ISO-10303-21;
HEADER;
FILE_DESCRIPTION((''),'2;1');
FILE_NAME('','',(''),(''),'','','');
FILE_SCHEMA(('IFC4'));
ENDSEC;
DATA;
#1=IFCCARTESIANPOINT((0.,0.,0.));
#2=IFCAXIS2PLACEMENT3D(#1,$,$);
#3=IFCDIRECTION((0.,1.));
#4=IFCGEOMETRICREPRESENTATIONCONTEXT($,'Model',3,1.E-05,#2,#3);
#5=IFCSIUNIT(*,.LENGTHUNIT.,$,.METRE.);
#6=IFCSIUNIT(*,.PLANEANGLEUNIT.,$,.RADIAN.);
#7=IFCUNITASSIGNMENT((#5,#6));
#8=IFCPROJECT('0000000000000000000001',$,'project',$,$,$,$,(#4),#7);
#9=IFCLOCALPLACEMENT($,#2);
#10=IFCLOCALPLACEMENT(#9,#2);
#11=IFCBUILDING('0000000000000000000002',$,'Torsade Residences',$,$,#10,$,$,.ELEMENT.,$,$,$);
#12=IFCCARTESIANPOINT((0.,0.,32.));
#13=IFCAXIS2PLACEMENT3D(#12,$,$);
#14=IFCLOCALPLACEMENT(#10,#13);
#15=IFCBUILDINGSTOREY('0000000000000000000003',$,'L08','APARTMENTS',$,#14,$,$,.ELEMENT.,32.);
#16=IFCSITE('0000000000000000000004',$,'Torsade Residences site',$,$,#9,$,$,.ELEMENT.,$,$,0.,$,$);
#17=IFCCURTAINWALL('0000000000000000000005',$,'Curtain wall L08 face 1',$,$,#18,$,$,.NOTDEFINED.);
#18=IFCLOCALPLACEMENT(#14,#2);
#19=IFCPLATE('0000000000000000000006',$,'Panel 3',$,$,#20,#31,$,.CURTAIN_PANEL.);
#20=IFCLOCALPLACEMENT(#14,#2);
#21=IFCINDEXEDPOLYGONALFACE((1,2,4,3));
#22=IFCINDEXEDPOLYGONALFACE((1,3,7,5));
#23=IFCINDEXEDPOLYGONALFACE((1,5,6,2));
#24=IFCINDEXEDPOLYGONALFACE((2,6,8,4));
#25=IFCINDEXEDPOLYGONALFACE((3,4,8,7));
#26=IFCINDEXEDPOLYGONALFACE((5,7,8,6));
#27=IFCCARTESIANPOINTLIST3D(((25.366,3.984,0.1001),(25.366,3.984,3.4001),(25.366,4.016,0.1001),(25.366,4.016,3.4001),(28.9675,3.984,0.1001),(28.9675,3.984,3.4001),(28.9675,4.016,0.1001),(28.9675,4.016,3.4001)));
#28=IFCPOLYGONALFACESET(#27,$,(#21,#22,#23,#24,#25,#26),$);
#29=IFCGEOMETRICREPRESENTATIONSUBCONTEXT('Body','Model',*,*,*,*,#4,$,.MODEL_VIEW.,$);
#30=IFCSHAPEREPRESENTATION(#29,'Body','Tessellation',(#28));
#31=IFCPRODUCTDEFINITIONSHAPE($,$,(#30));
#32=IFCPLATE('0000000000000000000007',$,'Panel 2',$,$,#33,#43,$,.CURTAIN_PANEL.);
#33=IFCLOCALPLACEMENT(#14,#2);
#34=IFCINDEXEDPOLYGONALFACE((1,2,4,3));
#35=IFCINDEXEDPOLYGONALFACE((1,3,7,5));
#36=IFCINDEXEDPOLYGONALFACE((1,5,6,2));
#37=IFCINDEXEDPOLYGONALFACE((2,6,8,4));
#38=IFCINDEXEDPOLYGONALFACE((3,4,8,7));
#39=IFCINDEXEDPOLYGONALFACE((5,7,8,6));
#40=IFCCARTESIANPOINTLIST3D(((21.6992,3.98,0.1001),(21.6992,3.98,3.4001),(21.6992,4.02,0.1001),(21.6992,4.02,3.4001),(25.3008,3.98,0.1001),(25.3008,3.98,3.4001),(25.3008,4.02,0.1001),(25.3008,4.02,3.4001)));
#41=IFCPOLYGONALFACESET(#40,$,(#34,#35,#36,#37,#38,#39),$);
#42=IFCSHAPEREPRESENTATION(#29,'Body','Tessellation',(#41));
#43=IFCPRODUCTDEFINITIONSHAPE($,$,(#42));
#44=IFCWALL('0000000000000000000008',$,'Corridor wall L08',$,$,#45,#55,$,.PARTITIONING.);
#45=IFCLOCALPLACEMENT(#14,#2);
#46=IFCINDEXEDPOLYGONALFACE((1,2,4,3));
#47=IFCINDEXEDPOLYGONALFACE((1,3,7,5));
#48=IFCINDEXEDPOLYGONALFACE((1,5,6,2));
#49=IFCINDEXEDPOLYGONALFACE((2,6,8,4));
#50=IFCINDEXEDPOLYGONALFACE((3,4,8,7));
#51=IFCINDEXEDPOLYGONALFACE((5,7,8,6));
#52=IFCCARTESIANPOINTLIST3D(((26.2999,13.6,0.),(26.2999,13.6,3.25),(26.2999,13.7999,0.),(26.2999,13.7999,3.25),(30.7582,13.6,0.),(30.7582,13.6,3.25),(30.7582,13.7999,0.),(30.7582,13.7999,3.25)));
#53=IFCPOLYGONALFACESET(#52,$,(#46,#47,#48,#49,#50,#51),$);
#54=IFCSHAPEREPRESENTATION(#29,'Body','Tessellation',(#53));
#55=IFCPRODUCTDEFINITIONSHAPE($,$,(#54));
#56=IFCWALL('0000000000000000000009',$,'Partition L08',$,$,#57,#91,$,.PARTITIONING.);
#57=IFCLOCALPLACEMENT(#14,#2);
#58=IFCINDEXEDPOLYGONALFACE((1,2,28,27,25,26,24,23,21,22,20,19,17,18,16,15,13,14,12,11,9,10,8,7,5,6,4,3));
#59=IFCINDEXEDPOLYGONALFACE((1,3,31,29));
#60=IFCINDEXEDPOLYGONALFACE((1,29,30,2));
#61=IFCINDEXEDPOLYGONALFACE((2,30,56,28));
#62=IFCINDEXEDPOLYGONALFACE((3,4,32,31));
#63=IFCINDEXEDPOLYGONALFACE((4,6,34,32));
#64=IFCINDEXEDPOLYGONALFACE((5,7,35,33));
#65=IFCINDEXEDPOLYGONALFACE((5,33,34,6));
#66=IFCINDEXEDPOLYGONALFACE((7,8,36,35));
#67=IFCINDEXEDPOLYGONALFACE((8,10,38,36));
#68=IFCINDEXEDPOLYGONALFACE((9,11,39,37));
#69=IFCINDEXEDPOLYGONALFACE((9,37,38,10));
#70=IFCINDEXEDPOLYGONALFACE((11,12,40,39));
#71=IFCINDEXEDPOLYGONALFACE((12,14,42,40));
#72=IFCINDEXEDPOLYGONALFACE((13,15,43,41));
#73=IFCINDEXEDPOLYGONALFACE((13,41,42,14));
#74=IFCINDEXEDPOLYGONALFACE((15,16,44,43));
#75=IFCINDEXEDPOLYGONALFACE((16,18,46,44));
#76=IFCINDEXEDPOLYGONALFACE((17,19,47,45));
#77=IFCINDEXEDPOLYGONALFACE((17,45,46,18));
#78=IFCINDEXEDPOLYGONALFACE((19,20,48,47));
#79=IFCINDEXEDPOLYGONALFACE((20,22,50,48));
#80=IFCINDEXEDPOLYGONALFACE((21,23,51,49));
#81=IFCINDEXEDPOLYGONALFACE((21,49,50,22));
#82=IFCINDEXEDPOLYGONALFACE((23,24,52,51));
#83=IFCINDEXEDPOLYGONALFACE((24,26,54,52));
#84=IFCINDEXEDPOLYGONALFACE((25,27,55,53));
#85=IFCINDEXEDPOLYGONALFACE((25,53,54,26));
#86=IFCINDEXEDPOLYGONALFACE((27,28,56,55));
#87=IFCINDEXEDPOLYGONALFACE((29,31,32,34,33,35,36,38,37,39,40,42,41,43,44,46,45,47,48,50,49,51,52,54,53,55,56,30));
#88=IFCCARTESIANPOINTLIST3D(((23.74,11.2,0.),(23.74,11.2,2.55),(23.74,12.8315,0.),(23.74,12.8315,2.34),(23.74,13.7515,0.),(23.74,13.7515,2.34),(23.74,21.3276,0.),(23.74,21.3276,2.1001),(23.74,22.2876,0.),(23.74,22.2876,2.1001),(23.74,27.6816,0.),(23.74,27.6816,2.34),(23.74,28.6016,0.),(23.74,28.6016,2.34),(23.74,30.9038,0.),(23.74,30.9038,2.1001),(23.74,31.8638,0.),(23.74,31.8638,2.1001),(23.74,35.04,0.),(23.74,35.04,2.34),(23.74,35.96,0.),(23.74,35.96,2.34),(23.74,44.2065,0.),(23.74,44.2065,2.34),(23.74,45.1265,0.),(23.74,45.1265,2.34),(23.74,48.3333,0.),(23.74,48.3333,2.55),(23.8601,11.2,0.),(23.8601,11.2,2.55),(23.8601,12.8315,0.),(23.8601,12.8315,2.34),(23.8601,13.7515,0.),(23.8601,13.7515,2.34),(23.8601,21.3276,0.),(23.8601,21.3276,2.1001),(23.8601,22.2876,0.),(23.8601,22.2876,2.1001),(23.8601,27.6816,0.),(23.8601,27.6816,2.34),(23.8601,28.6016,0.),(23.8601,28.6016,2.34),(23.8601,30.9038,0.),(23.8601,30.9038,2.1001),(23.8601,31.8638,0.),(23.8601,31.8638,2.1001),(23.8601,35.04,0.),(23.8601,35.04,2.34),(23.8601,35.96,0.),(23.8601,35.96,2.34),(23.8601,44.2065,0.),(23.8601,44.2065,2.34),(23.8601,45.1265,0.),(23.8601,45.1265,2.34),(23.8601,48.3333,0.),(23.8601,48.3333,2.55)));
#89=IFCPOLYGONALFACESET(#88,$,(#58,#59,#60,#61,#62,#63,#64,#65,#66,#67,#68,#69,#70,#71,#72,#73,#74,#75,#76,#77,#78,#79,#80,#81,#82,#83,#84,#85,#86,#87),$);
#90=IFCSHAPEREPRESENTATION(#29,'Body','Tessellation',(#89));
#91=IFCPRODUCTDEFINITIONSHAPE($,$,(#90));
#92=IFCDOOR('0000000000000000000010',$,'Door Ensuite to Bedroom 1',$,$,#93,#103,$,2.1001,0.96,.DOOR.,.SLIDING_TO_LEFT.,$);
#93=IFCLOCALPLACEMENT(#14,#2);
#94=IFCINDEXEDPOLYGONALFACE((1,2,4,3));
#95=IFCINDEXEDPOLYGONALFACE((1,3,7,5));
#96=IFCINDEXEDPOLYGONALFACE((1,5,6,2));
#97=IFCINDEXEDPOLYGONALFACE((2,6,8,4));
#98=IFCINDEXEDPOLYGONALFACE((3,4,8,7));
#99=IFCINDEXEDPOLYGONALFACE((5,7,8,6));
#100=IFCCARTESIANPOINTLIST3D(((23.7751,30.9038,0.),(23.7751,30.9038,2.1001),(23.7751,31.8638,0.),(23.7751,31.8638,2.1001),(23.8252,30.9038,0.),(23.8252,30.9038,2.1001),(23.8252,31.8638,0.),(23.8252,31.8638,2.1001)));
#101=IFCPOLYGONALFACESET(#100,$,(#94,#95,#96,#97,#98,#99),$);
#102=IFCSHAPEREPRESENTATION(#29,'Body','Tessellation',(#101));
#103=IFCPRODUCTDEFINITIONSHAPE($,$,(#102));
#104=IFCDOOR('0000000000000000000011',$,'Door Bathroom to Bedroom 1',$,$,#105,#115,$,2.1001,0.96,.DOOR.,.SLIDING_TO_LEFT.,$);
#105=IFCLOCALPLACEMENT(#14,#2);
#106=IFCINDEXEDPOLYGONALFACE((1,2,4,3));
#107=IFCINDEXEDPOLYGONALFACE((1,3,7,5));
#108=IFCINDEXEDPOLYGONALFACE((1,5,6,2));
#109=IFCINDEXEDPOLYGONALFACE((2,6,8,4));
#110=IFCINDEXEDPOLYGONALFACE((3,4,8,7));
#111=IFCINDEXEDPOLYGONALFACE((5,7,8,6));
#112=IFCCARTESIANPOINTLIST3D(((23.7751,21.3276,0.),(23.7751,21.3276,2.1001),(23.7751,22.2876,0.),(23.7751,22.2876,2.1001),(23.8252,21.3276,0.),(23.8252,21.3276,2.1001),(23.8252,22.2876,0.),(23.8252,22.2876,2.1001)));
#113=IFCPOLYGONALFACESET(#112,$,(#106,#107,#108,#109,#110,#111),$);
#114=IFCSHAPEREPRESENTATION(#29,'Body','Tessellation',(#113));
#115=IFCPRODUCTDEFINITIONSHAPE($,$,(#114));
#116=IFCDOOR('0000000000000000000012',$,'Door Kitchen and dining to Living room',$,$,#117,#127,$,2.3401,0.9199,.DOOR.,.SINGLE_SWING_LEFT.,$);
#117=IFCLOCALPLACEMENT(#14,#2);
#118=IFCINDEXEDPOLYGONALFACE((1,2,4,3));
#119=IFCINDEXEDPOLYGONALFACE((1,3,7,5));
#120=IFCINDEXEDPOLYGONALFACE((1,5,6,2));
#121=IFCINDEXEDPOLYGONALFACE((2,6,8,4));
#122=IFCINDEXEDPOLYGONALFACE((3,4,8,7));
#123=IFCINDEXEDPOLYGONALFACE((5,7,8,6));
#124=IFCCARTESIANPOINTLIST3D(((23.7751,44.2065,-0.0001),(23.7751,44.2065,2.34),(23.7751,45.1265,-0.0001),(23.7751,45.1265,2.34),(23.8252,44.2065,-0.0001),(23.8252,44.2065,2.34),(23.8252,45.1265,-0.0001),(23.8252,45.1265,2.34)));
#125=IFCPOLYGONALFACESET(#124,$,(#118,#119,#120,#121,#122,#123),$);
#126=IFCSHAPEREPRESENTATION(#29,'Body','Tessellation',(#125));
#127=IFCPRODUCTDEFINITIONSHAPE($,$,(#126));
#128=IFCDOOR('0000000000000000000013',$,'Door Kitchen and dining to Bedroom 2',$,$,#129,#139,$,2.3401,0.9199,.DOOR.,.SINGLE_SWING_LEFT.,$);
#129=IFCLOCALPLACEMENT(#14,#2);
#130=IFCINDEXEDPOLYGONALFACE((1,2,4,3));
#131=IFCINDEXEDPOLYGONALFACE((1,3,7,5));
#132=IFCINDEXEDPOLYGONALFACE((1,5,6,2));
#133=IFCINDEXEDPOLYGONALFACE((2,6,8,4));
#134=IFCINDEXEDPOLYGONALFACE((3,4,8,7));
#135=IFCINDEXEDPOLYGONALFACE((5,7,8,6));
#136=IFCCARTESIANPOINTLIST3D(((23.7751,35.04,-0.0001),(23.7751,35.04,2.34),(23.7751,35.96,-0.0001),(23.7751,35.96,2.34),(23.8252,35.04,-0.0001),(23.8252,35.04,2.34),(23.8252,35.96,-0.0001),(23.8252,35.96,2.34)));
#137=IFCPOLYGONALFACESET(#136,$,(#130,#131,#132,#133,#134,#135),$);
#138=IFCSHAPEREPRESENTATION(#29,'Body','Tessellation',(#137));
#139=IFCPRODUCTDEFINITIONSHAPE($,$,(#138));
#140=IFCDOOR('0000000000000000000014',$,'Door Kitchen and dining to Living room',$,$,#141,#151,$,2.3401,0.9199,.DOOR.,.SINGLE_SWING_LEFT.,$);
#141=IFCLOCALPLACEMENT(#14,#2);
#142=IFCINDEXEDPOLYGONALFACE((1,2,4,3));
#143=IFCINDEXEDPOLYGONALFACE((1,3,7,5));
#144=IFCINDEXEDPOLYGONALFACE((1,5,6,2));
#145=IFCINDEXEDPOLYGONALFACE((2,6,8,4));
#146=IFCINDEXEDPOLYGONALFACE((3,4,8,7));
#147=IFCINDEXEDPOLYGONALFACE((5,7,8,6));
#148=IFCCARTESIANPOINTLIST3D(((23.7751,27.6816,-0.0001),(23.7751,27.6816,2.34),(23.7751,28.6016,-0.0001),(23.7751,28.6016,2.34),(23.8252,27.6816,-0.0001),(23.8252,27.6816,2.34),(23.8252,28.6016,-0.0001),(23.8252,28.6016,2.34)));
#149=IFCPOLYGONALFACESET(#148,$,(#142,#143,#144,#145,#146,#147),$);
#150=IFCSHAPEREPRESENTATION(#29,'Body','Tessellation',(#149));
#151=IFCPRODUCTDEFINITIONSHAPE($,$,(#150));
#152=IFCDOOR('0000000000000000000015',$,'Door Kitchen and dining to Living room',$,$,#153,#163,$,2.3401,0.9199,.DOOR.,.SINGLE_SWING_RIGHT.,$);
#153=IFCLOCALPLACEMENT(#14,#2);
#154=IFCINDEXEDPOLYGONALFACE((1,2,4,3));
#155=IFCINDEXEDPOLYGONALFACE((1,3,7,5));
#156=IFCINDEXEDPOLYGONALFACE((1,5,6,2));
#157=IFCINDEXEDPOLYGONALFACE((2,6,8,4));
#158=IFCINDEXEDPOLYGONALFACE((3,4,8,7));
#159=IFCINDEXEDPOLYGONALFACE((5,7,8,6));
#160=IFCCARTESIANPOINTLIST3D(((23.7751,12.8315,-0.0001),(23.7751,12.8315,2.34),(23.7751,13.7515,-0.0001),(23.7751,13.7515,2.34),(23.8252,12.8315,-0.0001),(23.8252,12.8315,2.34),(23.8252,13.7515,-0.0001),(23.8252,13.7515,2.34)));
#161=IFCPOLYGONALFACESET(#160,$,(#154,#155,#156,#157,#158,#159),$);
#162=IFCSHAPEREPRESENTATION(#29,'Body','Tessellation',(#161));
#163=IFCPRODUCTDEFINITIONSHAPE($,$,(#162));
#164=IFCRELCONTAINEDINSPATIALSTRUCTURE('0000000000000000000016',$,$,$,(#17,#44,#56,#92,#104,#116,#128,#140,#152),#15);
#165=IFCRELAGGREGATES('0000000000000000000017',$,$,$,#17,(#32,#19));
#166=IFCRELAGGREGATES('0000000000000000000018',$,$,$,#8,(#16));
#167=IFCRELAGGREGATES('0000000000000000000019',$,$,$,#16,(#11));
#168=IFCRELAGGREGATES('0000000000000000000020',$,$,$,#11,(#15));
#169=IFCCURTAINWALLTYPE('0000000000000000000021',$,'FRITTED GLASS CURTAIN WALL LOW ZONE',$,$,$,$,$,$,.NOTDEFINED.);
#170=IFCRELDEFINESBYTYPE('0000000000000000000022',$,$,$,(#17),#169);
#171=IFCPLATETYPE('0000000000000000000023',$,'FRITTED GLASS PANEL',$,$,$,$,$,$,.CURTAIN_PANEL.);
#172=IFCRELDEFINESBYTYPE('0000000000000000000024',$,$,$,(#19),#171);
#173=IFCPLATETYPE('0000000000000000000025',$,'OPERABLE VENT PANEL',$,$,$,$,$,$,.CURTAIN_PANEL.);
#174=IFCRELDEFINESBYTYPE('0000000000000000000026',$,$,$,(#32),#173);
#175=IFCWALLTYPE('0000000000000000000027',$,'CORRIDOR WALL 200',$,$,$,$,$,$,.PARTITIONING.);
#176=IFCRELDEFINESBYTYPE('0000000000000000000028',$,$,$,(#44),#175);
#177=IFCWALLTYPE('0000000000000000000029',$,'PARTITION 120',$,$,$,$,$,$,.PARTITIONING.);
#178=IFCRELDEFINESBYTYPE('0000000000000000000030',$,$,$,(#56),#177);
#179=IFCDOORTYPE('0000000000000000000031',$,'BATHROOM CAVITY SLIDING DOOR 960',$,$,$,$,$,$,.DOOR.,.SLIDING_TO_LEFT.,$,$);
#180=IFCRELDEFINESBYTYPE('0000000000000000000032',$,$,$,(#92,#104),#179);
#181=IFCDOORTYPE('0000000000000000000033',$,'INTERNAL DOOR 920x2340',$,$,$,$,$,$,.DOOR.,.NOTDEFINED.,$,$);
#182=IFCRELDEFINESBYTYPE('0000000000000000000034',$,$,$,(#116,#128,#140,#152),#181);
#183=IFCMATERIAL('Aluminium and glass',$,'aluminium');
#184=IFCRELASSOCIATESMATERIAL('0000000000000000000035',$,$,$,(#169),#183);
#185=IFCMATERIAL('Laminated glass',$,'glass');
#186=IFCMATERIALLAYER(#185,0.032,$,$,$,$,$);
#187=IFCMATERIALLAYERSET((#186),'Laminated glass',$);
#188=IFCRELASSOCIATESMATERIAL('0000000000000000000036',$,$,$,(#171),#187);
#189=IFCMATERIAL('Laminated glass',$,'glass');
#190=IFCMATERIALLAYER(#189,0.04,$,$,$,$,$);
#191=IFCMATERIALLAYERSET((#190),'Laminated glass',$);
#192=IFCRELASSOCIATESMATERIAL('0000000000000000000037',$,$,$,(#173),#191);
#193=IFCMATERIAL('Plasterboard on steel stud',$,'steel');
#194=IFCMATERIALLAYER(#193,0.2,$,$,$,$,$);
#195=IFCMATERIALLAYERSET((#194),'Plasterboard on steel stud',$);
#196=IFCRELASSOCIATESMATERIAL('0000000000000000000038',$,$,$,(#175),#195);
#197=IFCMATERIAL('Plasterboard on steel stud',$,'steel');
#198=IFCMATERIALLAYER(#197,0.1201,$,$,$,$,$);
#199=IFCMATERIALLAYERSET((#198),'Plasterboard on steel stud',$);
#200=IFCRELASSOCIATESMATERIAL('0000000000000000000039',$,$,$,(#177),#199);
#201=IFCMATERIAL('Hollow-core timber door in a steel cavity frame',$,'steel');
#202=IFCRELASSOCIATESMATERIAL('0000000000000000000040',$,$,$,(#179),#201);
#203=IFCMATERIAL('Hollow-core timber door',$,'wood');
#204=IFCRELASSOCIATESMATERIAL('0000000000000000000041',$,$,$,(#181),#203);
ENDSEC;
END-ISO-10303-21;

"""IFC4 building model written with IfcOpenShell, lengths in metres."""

from ifc_helpers import new_model, si_unit, direction, frame, frame_2d, origin, origin_2d, place, context, subcontext, project, spatial, rectangle, extrude, material, layer, layer_set, type_object, element, fill, aggregate, save


model = new_model("IFC4")

# Units and contexts
model_context = context("Model", 3, precision=1e-05, world=origin(), true_north=direction((0.0, 1.0)))
body_context = subcontext(model_context, "Body", "Model", "MODEL_VIEW")
ifc_project = project(units=[si_unit("LENGTHUNIT", "METRE"), si_unit("PLANEANGLEUNIT", "RADIAN")], contexts=[model_context])

# Site, building, storey
site_placement = place(None, origin())
site = spatial("IfcSite", under=ifc_project, at=site_placement, Name="Torsade Residences site", CompositionType="ELEMENT", RefElevation=0.0)
building_placement = place(site_placement, origin())
building = spatial("IfcBuilding", under=site, at=building_placement, Name="Torsade Residences", CompositionType="ELEMENT")
storey_placement = place(building_placement, frame((0.0, 0.0, 32.0)))
storey = spatial("IfcBuildingStorey", under=building, at=storey_placement, Name="L08", Description="APARTMENTS", CompositionType="ELEMENT", Elevation=32.0)

# Curtain wall
ifc_material_1 = material(Name="Aluminium and glass", Category="aluminium")
curtain_wall_type = type_object("IfcCurtainWallType", Name="FRITTED GLASS CURTAIN WALL LOW ZONE", PredefinedType="NOTDEFINED", material=ifc_material_1)
curtain_wall_placement = place(storey_placement, origin())
curtain_wall = element("IfcCurtainWall", 1, at=curtain_wall_placement, inside=storey, type_object=curtain_wall_type, Name="Curtain wall L08 face 1", PredefinedType="NOTDEFINED")

# Plates
ifc_material_2 = material(Name="Laminated glass", Category="glass")
ifc_layer_1 = layer(ifc_material_2, 0.032)
ifc_layer_set_1 = layer_set([ifc_layer_1], Name="Laminated glass")
plate_type_1 = type_object("IfcPlateType", Name="FRITTED GLASS PANEL", PredefinedType="CURTAIN_PANEL", material=ifc_layer_set_1)
plate_1_placement = place(storey_placement, frame((27.1667, 4.0, 0.1001), z_axis=(0.0, 0.0, 1.0), x_axis=(1.0, 0.0, 0.0)))
plate_1 = element("IfcPlate", 2, at=plate_1_placement, type_object=plate_type_1, Name="Panel 3", PredefinedType="CURTAIN_PANEL", context=body_context, shape_type="SweptSolid", body=[
    extrude(rectangle(XDim=3.6016, YDim=0.032, at=origin_2d()), origin(), (0.0, 0.0, 1.0), 3.3),
])
ifc_material_3 = material(Name="Laminated glass", Category="glass")
ifc_layer_2 = layer(ifc_material_3, 0.04)
ifc_layer_set_2 = layer_set([ifc_layer_2], Name="Laminated glass")
plate_type_2 = type_object("IfcPlateType", Name="OPERABLE VENT PANEL", PredefinedType="CURTAIN_PANEL", material=ifc_layer_set_2)
plate_2_placement = place(storey_placement, frame((23.5, 4.0, 0.1001), z_axis=(0.0, 0.0, 1.0), x_axis=(1.0, 0.0, 0.0)))
plate_2 = element("IfcPlate", 3, at=plate_2_placement, type_object=plate_type_2, Name="Panel 2", PredefinedType="CURTAIN_PANEL", context=body_context, shape_type="SweptSolid", body=[
    extrude(rectangle(XDim=3.6016, YDim=0.04, at=origin_2d()), origin(), (0.0, 0.0, 1.0), 3.3),
])
aggregate(curtain_wall, [plate_2, plate_1])

# Wall
ifc_material_4 = material(Name="Plasterboard on steel stud", Category="steel")
ifc_layer_3 = layer(ifc_material_4, 0.2)
ifc_layer_set_3 = layer_set([ifc_layer_3], Name="Plasterboard on steel stud")
wall_type_1 = type_object("IfcWallType", Name="CORRIDOR WALL 200", PredefinedType="PARTITIONING", material=ifc_layer_set_3)
wall_1_placement = place(storey_placement, frame((26.3, 13.7, 0.0), z_axis=(0.0, 0.0, 1.0), x_axis=(1.0, 0.0, 0.0)))
element("IfcWall", 4, at=wall_1_placement, inside=storey, type_object=wall_type_1, Name="Corridor wall L08", PredefinedType="PARTITIONING", context=body_context, shape_type="SweptSolid", body=[
    extrude(rectangle(XDim=4.4583, YDim=0.2, at=frame_2d((2.229, 0.0))), origin(), (0.0, 0.0, 1.0), 3.25),
])

# Wall, openings, doors
ifc_material_5 = material(Name="Plasterboard on steel stud", Category="steel")
ifc_layer_4 = layer(ifc_material_5, 0.1201)
ifc_layer_set_4 = layer_set([ifc_layer_4], Name="Plasterboard on steel stud")
wall_type_2 = type_object("IfcWallType", Name="PARTITION 120", PredefinedType="PARTITIONING", material=ifc_layer_set_4)
wall_2_placement = place(storey_placement, frame((23.8, 11.2, 0.0), z_axis=(0.0, 0.0, 1.0), x_axis=(0.0, 1.0, 0.0)))
wall_2 = element("IfcWall", 5, at=wall_2_placement, inside=storey, type_object=wall_type_2, Name="Partition L08", PredefinedType="PARTITIONING", context=body_context, shape_type="SweptSolid", body=[
    extrude(rectangle(XDim=37.1333, YDim=0.1201, at=frame_2d((18.5667, 0.0))), origin(), (0.0, 0.0, 1.0), 2.55),
])
opening_1_placement = place(wall_2_placement, frame((33.0066, 0.0, 0.0)))
opening_1 = element("IfcOpeningElement", 6, at=opening_1_placement, cuts=wall_2, PredefinedType="OPENING", context=body_context, shape_type="SweptSolid", body=[
    extrude(rectangle(XDim=0.9199, YDim=2.3401, at=frame_2d((0.46, 1.1699))), frame((0.0, 0.0701, 0.0), z_axis=(0.0, -1.0, 0.0), x_axis=(1.0, 0.0, 0.0)), (0.0, 0.0, 1.0), 0.1401),
])
opening_2_placement = place(wall_2_placement, frame((23.8401, 0.0, 0.0)))
opening_2 = element("IfcOpeningElement", 7, at=opening_2_placement, cuts=wall_2, PredefinedType="OPENING", context=body_context, shape_type="SweptSolid", body=[
    extrude(rectangle(XDim=0.9199, YDim=2.3401, at=frame_2d((0.46, 1.1699))), frame((0.0, 0.0701, 0.0), z_axis=(0.0, -1.0, 0.0), x_axis=(1.0, 0.0, 0.0)), (0.0, 0.0, 1.0), 0.1401),
])
opening_3_placement = place(wall_2_placement, frame((16.4817, 0.0, 0.0)))
opening_3 = element("IfcOpeningElement", 8, at=opening_3_placement, cuts=wall_2, PredefinedType="OPENING", context=body_context, shape_type="SweptSolid", body=[
    extrude(rectangle(XDim=0.9199, YDim=2.3401, at=frame_2d((0.46, 1.1699))), frame((0.0, 0.0701, 0.0), z_axis=(0.0, -1.0, 0.0), x_axis=(1.0, 0.0, 0.0)), (0.0, 0.0, 1.0), 0.1401),
])
opening_4_placement = place(wall_2_placement, frame((1.6316, 0.0, 0.0)))
opening_4 = element("IfcOpeningElement", 9, at=opening_4_placement, cuts=wall_2, PredefinedType="OPENING", context=body_context, shape_type="SweptSolid", body=[
    extrude(rectangle(XDim=0.9199, YDim=2.3401, at=frame_2d((0.46, 1.1699))), frame((0.0, 0.0701, 0.0), z_axis=(0.0, -1.0, 0.0), x_axis=(1.0, 0.0, 0.0)), (0.0, 0.0, 1.0), 0.1401),
])
opening_5_placement = place(wall_2_placement, frame((19.7039, 0.0, 0.0)))
opening_5 = element("IfcOpeningElement", 10, at=opening_5_placement, cuts=wall_2, PredefinedType="OPENING", context=body_context, shape_type="SweptSolid", body=[
    extrude(rectangle(XDim=0.96, YDim=2.1001, at=frame_2d((0.48, 1.05))), frame((0.0, 0.0701, 0.0), z_axis=(0.0, -1.0, 0.0), x_axis=(1.0, 0.0, 0.0)), (0.0, 0.0, 1.0), 0.1401),
])
opening_6_placement = place(wall_2_placement, frame((10.1277, 0.0, 0.0)))
opening_6 = element("IfcOpeningElement", 11, at=opening_6_placement, cuts=wall_2, PredefinedType="OPENING", context=body_context, shape_type="SweptSolid", body=[
    extrude(rectangle(XDim=0.96, YDim=2.1001, at=frame_2d((0.48, 1.05))), frame((0.0, 0.0701, 0.0), z_axis=(0.0, -1.0, 0.0), x_axis=(1.0, 0.0, 0.0)), (0.0, 0.0, 1.0), 0.1401),
])
ifc_material_6 = material(Name="Hollow-core timber door in a steel cavity frame", Category="steel")
door_type_1 = type_object("IfcDoorType", Name="BATHROOM CAVITY SLIDING DOOR 960", OperationType="SLIDING_TO_LEFT", PredefinedType="DOOR", material=ifc_material_6)
door_1_placement = place(opening_5_placement, origin())
door_1 = element("IfcDoor", 12, at=door_1_placement, inside=storey, type_object=door_type_1, Name="Door Ensuite to Bedroom 1", OperationType="SLIDING_TO_LEFT", OverallHeight=2.1001, OverallWidth=0.96, PredefinedType="DOOR", context=body_context, shape_type="SweptSolid", body=[
    extrude(rectangle(XDim=0.96, YDim=2.1001, at=frame_2d((0.48, 1.05))), frame((0.0, 0.0249, 0.0), z_axis=(0.0, -1.0, 0.0), x_axis=(1.0, 0.0, 0.0)), (0.0, 0.0, 1.0), 0.05),
])
fill(opening_5, door_1)
door_2_placement = place(opening_6_placement, origin())
door_2 = element("IfcDoor", 13, at=door_2_placement, inside=storey, type_object=door_type_1, Name="Door Bathroom to Bedroom 1", OperationType="SLIDING_TO_LEFT", OverallHeight=2.1001, OverallWidth=0.96, PredefinedType="DOOR", context=body_context, shape_type="SweptSolid", body=[
    extrude(rectangle(XDim=0.96, YDim=2.1001, at=frame_2d((0.48, 1.05))), frame((0.0, 0.0249, 0.0), z_axis=(0.0, -1.0, 0.0), x_axis=(1.0, 0.0, 0.0)), (0.0, 0.0, 1.0), 0.05),
])
fill(opening_6, door_2)
ifc_material_7 = material(Name="Hollow-core timber door", Category="wood")
door_type_2 = type_object("IfcDoorType", Name="INTERNAL DOOR 920x2340", OperationType="NOTDEFINED", PredefinedType="DOOR", material=ifc_material_7)
door_3_placement = place(opening_1_placement, origin())
door_3 = element("IfcDoor", 14, at=door_3_placement, inside=storey, type_object=door_type_2, Name="Door Kitchen and dining to Living room", OperationType="SINGLE_SWING_LEFT", OverallHeight=2.3401, OverallWidth=0.9199, PredefinedType="DOOR", context=body_context, shape_type="SweptSolid", body=[
    extrude(rectangle(XDim=0.9199, YDim=2.3401, at=frame_2d((0.46, 1.1699))), frame((0.0, 0.0249, 0.0), z_axis=(0.0, -1.0, 0.0), x_axis=(1.0, 0.0, 0.0)), (0.0, 0.0, 1.0), 0.05),
])
fill(opening_1, door_3)
door_4_placement = place(opening_2_placement, origin())
door_4 = element("IfcDoor", 15, at=door_4_placement, inside=storey, type_object=door_type_2, Name="Door Kitchen and dining to Bedroom 2", OperationType="SINGLE_SWING_LEFT", OverallHeight=2.3401, OverallWidth=0.9199, PredefinedType="DOOR", context=body_context, shape_type="SweptSolid", body=[
    extrude(rectangle(XDim=0.9199, YDim=2.3401, at=frame_2d((0.46, 1.1699))), frame((0.0, 0.0249, 0.0), z_axis=(0.0, -1.0, 0.0), x_axis=(1.0, 0.0, 0.0)), (0.0, 0.0, 1.0), 0.05),
])
fill(opening_2, door_4)
door_5_placement = place(opening_3_placement, origin())
door_5 = element("IfcDoor", 16, at=door_5_placement, inside=storey, type_object=door_type_2, Name="Door Kitchen and dining to Living room", OperationType="SINGLE_SWING_LEFT", OverallHeight=2.3401, OverallWidth=0.9199, PredefinedType="DOOR", context=body_context, shape_type="SweptSolid", body=[
    extrude(rectangle(XDim=0.9199, YDim=2.3401, at=frame_2d((0.46, 1.1699))), frame((0.0, 0.0249, 0.0), z_axis=(0.0, -1.0, 0.0), x_axis=(1.0, 0.0, 0.0)), (0.0, 0.0, 1.0), 0.05),
])
fill(opening_3, door_5)
door_6_placement = place(opening_4_placement, origin())
door_6 = element("IfcDoor", 17, at=door_6_placement, inside=storey, type_object=door_type_2, Name="Door Kitchen and dining to Living room", OperationType="SINGLE_SWING_RIGHT", OverallHeight=2.3401, OverallWidth=0.9199, PredefinedType="DOOR", context=body_context, shape_type="SweptSolid", body=[
    extrude(rectangle(XDim=0.9199, YDim=2.3401, at=frame_2d((0.46, 1.1699))), frame((0.0, 0.0249, 0.0), z_axis=(0.0, -1.0, 0.0), x_axis=(1.0, 0.0, 0.0)), (0.0, 0.0, 1.0), 0.05),
])
fill(opening_4, door_6)

save(model, "model.ifc")
